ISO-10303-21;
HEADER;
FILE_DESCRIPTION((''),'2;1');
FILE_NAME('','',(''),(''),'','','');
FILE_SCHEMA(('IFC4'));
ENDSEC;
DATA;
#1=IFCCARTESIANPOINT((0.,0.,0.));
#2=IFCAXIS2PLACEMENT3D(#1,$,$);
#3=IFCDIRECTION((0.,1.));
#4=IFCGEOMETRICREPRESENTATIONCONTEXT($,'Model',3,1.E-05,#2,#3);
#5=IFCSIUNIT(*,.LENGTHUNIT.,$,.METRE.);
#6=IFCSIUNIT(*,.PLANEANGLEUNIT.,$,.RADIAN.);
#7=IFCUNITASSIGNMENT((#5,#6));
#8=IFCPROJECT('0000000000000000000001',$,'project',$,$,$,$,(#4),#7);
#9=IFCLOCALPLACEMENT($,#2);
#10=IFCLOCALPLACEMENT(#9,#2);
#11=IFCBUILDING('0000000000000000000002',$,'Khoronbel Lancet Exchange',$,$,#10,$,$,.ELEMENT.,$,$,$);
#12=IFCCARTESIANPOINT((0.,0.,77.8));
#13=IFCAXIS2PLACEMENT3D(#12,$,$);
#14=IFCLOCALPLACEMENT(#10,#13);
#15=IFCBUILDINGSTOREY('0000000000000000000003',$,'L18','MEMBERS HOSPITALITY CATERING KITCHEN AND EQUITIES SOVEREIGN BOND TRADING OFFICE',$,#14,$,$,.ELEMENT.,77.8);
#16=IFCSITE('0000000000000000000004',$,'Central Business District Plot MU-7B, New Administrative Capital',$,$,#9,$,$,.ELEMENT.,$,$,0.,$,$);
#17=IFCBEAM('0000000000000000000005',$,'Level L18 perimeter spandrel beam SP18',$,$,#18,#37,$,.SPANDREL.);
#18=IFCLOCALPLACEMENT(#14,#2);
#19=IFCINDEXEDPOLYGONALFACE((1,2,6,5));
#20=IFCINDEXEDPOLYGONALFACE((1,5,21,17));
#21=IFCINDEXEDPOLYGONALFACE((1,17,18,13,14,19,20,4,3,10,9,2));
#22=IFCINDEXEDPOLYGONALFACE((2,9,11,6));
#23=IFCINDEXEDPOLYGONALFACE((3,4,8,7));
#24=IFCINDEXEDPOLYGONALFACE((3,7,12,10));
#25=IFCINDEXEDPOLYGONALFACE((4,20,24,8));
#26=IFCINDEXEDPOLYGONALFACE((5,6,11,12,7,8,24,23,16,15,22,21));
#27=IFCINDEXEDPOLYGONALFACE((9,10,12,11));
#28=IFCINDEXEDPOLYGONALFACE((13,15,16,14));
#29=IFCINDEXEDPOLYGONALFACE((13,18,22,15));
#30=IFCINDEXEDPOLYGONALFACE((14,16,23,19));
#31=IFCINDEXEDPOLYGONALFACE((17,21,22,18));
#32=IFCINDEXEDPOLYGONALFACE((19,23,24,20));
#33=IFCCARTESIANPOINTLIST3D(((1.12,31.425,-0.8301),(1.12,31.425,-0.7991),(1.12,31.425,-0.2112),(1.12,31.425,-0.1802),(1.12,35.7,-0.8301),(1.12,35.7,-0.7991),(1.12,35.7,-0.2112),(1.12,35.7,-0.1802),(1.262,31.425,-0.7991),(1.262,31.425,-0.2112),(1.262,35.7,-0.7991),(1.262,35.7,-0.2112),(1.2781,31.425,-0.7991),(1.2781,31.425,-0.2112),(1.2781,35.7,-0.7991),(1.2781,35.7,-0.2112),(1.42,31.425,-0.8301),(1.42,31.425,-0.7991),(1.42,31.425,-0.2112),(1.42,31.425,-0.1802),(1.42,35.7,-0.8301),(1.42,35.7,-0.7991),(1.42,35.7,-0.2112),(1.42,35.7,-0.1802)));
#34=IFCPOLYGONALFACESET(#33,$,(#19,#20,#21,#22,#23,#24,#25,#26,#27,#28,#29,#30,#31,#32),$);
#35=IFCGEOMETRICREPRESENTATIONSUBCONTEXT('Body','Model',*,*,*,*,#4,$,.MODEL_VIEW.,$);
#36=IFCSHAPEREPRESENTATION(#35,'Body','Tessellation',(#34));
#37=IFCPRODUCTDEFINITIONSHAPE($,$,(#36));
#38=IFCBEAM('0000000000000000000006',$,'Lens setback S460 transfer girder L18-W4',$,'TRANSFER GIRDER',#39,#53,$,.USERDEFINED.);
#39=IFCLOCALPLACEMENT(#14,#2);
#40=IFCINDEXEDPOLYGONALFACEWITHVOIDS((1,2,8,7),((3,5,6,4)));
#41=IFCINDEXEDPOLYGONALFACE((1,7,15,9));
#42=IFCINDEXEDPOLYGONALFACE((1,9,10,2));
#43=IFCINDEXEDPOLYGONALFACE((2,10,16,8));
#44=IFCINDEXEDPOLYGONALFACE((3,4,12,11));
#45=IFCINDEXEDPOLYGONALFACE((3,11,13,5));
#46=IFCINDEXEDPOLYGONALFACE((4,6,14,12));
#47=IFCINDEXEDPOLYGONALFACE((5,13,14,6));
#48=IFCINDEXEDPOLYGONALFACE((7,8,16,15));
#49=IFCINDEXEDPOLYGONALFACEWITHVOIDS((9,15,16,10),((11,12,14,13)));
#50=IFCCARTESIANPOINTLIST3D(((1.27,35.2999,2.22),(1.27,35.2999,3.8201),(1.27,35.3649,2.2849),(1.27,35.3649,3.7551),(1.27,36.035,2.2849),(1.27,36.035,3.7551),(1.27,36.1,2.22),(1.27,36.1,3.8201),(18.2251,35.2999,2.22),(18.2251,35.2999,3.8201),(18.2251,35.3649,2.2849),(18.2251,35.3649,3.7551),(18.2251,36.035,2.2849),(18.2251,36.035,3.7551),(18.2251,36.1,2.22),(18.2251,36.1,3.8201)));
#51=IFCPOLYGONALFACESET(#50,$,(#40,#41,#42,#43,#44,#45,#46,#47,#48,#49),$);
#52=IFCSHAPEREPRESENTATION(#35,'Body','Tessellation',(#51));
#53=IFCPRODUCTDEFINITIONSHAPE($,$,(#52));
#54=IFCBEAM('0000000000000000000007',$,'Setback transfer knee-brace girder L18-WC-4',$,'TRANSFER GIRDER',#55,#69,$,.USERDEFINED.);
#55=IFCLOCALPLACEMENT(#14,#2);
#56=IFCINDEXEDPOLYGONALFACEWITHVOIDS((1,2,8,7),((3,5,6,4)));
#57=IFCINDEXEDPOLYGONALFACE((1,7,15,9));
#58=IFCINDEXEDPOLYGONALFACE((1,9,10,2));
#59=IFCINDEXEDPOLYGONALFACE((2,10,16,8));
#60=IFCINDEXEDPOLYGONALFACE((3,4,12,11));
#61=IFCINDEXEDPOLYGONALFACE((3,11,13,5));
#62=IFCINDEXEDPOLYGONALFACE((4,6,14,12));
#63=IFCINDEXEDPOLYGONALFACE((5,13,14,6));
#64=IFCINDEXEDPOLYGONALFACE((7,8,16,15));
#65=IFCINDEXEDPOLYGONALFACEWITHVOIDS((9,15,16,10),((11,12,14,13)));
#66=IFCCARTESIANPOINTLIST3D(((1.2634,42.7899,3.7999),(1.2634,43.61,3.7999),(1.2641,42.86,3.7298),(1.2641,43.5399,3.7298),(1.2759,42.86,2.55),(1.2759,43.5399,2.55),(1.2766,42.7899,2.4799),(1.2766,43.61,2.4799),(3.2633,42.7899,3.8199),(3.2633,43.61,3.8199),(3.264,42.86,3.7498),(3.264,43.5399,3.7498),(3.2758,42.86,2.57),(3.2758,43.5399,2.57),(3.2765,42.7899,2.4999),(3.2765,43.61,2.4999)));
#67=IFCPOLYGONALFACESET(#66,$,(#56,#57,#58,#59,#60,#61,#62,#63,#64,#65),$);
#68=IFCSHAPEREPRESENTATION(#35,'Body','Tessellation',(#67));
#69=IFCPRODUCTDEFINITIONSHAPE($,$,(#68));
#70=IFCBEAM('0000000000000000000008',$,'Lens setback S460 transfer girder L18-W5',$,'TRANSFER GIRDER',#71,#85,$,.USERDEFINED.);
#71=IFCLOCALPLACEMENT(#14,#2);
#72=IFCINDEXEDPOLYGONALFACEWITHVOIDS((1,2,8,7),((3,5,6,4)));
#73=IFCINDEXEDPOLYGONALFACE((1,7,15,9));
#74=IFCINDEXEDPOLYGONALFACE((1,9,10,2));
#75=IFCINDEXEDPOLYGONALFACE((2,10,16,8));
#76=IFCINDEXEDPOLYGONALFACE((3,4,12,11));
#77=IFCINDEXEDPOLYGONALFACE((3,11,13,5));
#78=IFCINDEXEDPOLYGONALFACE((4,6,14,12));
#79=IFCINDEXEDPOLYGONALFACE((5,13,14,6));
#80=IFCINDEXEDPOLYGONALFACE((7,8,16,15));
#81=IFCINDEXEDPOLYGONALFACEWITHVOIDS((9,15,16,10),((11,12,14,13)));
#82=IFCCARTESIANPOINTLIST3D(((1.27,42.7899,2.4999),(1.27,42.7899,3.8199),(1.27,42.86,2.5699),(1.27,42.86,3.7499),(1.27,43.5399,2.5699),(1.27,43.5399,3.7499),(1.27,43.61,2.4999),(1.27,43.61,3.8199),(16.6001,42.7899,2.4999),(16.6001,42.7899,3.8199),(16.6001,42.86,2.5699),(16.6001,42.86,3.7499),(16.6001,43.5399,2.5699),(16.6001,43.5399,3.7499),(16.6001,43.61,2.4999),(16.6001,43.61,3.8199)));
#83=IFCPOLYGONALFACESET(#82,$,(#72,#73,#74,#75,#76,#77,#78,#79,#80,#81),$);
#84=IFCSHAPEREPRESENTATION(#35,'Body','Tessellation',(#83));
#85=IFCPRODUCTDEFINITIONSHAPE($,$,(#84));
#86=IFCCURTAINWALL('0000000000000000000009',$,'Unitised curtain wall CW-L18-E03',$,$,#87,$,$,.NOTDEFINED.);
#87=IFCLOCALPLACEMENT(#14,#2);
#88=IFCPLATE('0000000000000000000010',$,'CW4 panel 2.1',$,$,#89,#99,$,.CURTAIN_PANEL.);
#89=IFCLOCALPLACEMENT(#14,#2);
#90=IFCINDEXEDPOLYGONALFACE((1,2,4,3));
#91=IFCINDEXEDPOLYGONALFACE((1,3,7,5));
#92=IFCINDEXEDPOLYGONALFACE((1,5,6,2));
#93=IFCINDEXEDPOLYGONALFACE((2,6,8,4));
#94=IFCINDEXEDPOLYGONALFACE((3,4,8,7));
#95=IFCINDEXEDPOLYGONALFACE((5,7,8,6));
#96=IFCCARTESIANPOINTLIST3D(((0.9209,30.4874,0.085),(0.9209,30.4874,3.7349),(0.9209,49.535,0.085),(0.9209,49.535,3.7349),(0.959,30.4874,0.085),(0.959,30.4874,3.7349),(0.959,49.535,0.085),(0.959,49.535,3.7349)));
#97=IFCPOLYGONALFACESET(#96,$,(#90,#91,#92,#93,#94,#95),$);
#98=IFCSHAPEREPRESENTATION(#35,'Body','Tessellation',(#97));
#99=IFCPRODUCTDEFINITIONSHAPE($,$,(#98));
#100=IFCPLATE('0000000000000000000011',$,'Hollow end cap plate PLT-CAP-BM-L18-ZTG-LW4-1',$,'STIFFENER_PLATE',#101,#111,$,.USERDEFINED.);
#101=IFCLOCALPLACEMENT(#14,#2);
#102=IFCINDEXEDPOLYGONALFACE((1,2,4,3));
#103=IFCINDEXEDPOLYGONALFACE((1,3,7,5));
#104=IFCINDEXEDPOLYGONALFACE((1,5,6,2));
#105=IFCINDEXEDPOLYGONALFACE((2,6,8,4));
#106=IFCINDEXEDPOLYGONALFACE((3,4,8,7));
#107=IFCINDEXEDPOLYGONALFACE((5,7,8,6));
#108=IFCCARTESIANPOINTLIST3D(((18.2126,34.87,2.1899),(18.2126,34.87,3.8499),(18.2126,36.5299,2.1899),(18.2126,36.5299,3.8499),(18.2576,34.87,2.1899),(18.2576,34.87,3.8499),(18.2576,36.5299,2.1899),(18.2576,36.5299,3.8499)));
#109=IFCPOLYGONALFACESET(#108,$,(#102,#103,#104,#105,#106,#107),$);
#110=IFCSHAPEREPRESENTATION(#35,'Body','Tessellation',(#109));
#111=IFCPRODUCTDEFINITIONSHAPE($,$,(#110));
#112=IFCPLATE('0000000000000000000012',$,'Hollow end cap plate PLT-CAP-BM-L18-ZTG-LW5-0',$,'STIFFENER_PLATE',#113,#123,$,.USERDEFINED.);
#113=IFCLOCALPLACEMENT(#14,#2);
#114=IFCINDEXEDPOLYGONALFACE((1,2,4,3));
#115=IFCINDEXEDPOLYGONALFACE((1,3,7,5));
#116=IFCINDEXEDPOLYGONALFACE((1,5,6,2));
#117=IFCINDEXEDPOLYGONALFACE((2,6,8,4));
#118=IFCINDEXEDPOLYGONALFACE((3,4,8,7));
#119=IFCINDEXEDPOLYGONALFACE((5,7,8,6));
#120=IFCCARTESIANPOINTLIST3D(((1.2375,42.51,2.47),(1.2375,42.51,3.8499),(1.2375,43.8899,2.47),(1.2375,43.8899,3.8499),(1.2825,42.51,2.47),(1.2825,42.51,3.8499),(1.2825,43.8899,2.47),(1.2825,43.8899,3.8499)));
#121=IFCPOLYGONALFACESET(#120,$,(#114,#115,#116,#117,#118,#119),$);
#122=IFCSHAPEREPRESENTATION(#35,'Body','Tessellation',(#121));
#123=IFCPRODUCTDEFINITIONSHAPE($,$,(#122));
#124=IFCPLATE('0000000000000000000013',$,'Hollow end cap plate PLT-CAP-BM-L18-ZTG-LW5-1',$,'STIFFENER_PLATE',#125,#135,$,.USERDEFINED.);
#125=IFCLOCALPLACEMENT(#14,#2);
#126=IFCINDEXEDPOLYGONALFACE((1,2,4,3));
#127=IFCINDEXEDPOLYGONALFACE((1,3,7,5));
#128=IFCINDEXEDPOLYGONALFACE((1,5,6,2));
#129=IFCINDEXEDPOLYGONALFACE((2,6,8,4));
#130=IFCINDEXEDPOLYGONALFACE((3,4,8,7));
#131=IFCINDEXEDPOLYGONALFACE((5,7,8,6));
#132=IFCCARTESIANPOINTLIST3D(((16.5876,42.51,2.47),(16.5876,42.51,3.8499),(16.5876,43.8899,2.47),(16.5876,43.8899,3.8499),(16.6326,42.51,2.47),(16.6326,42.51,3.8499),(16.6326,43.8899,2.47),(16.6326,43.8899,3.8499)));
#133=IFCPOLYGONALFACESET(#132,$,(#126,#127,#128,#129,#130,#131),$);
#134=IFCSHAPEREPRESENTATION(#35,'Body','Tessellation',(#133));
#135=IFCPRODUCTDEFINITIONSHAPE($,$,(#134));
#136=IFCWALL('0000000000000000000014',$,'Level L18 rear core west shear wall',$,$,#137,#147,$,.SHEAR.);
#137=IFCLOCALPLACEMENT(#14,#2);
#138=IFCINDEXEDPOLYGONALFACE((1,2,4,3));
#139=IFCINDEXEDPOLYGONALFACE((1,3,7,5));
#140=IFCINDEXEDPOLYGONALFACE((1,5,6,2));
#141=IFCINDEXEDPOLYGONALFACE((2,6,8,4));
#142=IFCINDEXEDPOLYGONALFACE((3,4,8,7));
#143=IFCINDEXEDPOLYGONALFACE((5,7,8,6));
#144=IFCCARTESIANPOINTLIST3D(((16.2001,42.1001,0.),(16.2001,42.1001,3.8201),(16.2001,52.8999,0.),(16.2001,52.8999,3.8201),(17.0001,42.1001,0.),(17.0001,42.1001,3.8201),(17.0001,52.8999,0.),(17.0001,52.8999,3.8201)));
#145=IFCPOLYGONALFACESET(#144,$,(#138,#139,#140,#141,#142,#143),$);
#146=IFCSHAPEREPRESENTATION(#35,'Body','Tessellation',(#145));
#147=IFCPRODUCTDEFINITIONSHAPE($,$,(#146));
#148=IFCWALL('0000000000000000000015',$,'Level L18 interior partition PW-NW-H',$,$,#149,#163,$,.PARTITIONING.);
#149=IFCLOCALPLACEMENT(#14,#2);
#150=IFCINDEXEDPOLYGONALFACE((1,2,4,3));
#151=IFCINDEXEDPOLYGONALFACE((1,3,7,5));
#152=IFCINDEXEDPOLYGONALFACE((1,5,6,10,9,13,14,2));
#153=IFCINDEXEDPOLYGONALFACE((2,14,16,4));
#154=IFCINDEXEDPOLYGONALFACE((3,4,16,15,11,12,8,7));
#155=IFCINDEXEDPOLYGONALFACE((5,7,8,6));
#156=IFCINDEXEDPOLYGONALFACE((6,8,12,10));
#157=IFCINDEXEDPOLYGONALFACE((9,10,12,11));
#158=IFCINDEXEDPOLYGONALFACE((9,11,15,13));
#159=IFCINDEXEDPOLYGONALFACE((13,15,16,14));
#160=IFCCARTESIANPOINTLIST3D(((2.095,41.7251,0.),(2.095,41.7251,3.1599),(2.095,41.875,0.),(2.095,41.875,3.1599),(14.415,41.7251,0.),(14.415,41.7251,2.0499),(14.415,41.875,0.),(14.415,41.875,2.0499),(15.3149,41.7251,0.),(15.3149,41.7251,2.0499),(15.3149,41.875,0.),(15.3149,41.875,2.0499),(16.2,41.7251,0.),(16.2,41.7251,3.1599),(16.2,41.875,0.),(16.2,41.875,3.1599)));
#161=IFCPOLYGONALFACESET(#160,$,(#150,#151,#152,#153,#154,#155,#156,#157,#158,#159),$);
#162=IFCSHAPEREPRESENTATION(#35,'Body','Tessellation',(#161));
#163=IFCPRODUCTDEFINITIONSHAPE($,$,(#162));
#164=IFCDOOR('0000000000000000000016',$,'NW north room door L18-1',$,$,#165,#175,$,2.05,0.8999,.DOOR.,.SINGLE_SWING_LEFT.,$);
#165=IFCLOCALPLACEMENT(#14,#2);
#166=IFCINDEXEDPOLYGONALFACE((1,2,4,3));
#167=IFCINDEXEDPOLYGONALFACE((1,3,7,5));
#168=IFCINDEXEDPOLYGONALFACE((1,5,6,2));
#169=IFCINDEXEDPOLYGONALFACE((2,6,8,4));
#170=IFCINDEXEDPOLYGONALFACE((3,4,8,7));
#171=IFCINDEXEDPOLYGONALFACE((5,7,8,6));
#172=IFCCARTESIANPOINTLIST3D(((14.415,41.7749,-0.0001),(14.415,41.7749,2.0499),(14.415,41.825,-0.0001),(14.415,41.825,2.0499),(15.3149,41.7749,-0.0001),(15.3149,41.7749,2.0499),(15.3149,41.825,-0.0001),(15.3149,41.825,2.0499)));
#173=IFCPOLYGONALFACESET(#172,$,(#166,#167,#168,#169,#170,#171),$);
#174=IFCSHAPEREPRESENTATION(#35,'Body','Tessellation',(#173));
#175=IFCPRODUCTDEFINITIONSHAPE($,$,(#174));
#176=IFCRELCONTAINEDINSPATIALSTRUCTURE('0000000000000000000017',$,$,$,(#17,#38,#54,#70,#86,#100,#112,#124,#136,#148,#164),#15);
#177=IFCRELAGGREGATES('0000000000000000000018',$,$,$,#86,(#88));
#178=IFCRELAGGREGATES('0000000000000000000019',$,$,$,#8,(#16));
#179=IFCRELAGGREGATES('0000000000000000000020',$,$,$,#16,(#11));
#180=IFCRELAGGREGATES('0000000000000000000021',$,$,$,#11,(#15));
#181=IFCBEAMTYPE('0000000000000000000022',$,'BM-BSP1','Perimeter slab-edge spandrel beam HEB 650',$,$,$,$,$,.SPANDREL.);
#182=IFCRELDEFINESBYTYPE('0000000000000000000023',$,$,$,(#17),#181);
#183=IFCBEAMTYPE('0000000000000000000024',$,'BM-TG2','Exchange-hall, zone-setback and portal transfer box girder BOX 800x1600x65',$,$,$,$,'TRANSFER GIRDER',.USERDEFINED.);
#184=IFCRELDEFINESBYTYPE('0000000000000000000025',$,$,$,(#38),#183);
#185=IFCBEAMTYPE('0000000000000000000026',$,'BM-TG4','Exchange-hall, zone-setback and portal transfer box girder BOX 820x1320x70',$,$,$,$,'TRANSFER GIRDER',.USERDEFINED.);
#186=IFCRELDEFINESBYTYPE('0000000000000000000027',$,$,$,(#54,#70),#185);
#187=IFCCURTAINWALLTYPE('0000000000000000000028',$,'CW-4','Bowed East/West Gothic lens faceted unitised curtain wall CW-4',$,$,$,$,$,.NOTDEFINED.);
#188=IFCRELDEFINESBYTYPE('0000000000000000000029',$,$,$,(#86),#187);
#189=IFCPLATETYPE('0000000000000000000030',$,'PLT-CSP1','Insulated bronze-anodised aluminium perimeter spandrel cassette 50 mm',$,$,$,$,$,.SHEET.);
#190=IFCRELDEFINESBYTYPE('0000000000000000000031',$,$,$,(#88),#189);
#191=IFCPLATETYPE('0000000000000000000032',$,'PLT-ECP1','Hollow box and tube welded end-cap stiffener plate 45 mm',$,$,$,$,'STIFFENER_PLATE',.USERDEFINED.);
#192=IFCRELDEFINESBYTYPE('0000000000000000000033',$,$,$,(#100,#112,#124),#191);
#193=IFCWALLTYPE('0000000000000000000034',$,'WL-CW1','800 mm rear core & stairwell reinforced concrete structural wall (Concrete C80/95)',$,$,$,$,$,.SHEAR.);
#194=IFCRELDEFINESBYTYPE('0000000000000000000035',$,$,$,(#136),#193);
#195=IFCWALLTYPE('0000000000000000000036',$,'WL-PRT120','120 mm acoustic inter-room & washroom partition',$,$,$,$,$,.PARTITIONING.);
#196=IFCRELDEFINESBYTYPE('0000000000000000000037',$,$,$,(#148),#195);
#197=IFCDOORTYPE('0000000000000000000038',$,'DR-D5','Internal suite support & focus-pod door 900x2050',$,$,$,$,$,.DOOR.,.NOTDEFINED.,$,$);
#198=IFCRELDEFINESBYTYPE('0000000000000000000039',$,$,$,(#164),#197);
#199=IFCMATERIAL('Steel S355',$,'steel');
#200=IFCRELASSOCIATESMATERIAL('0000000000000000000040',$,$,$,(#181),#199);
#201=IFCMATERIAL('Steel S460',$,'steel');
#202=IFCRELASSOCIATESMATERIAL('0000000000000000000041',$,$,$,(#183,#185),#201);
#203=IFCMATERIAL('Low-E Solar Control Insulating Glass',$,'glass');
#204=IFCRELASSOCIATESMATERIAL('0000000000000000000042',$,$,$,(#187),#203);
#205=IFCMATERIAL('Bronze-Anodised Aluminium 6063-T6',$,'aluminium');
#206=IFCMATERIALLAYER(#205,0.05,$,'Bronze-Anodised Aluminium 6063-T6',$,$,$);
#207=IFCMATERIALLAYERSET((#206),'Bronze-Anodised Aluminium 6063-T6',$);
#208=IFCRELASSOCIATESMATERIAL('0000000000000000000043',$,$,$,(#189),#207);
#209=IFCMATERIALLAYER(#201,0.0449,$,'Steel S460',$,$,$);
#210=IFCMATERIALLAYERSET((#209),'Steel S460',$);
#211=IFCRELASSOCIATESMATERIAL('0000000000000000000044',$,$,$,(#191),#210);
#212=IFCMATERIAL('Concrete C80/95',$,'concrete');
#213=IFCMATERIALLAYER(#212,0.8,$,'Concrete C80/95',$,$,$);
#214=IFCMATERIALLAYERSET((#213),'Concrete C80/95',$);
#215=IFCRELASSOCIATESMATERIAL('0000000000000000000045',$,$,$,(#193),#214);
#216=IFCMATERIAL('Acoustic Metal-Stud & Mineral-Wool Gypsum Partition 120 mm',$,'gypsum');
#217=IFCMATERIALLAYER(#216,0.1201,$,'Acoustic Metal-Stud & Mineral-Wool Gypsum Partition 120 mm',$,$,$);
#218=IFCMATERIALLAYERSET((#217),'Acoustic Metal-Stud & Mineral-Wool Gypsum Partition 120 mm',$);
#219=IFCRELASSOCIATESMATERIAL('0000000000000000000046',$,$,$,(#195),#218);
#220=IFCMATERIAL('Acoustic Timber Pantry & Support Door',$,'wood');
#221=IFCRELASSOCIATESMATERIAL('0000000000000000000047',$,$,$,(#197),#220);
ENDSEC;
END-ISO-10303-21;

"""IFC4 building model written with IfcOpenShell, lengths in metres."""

from ifc_helpers import new_model, si_unit, direction, frame, frame_2d, origin, origin_2d, place, context, subcontext, project, spatial, rectangle, hollow_rectangle, i_section, extrude, material, layer, layer_set, material_profile, profile_set, type_object, element, fill, aggregate, save


model = new_model("IFC4")

# Units and contexts
model_context = context("Model", 3, precision=1e-05, world=origin(), true_north=direction((0.0, 1.0)))
body_context = subcontext(model_context, "Body", "Model", "MODEL_VIEW")
ifc_project = project(units=[si_unit("LENGTHUNIT", "METRE"), si_unit("PLANEANGLEUNIT", "RADIAN")], contexts=[model_context])

# Site, building, storey
site_placement = place(None, origin())
site = spatial("IfcSite", under=ifc_project, at=site_placement, Name="Central Business District Plot MU-7B, New Administrative Capital", CompositionType="ELEMENT", RefElevation=0.0)
building_placement = place(site_placement, origin())
building = spatial("IfcBuilding", under=site, at=building_placement, Name="Khoronbel Lancet Exchange", CompositionType="ELEMENT")
storey_placement = place(building_placement, frame((0.0, 0.0, 77.8)))
storey = spatial("IfcBuildingStorey", under=building, at=storey_placement, Name="L18", Description="MEMBERS HOSPITALITY CATERING KITCHEN AND EQUITIES SOVEREIGN BOND TRADING OFFICE", CompositionType="ELEMENT", Elevation=77.8)

# Shared definitions
ifc_material_1 = material(Name="Steel S460", Category="steel")
ifc_material_2 = material(Name="Steel S355", Category="steel")

# Beams
ifc_material_profile_1 = material_profile(ifc_material_2, i_section(OverallWidth=0.3, OverallDepth=0.6499, WebThickness=0.0161, FlangeThickness=0.031, at=origin_2d()), Name="HEB 650")
ifc_profile_set_1 = profile_set([ifc_material_profile_1], Name="Steel S355")
beam_type_1 = type_object("IfcBeamType", Name="BM-BSP1", Description="Perimeter slab-edge spandrel beam HEB 650", PredefinedType="SPANDREL", material=ifc_profile_set_1)
beam_1_placement = place(storey_placement, frame((1.27, 35.7, -0.5051), z_axis=(0.0, -1.0, 0.0), x_axis=(1.0, 0.0, 0.0)))
element("IfcBeam", 1, at=beam_1_placement, inside=storey, type_object=beam_type_1, Name="Level L18 perimeter spandrel beam SP18", PredefinedType="SPANDREL", context=body_context, shape_type="SweptSolid", body=[
    extrude(i_section(OverallWidth=0.3, OverallDepth=0.6499, WebThickness=0.0161, FlangeThickness=0.031, at=origin_2d()), origin(), (0.0, 0.0, 1.0), 4.2749),
])
ifc_material_profile_2 = material_profile(ifc_material_1, hollow_rectangle(XDim=0.8, YDim=1.6001, WallThickness=0.0649, at=origin_2d()), Name="BOX 800x1600x65")
ifc_profile_set_2 = profile_set([ifc_material_profile_2], Name="Steel S460")
beam_type_2 = type_object("IfcBeamType", Name="BM-TG2", Description="Exchange-hall, zone-setback and portal transfer box girder BOX 800x1600x65", ElementType="TRANSFER GIRDER", PredefinedType="USERDEFINED", material=ifc_profile_set_2)
beam_2_placement = place(storey_placement, frame((1.27, 35.7, 3.02), z_axis=(1.0, 0.0, 0.0), x_axis=(0.0, 1.0, 0.0)))
element("IfcBeam", 2, at=beam_2_placement, inside=storey, type_object=beam_type_2, Name="Lens setback S460 transfer girder L18-W4", ObjectType="TRANSFER GIRDER", PredefinedType="USERDEFINED", context=body_context, shape_type="SweptSolid", body=[
    extrude(hollow_rectangle(XDim=0.8, YDim=1.6001, WallThickness=0.0649, at=origin_2d()), origin(), (0.0, 0.0, 1.0), 16.9551),
])
ifc_material_profile_3 = material_profile(ifc_material_1, hollow_rectangle(XDim=0.8201, YDim=1.3201, WallThickness=0.0701, at=origin_2d()), Name="BOX 820x1320x70")
ifc_profile_set_3 = profile_set([ifc_material_profile_3], Name="Steel S460")
beam_type_3 = type_object("IfcBeamType", Name="BM-TG4", Description="Exchange-hall, zone-setback and portal transfer box girder BOX 820x1320x70", ElementType="TRANSFER GIRDER", PredefinedType="USERDEFINED", material=ifc_profile_set_3)
beam_3_placement = place(storey_placement, frame((1.27, 43.2, 3.1399), z_axis=(0.99995, 0.0, 0.010009), x_axis=(0.0, 1.0, 0.0)))
element("IfcBeam", 3, at=beam_3_placement, inside=storey, type_object=beam_type_3, Name="Setback transfer knee-brace girder L18-WC-4", ObjectType="TRANSFER GIRDER", PredefinedType="USERDEFINED", context=body_context, shape_type="SweptSolid", body=[
    extrude(hollow_rectangle(XDim=0.8201, YDim=1.3201, WallThickness=0.0701, at=origin_2d()), origin(), (0.0, 0.0, 1.0), 2.0),
])
beam_4_placement = place(storey_placement, frame((1.27, 43.2, 3.1599), z_axis=(1.0, 0.0, 0.0), x_axis=(0.0, 1.0, 0.0)))
element("IfcBeam", 4, at=beam_4_placement, inside=storey, type_object=beam_type_3, Name="Lens setback S460 transfer girder L18-W5", ObjectType="TRANSFER GIRDER", PredefinedType="USERDEFINED", context=body_context, shape_type="SweptSolid", body=[
    extrude(hollow_rectangle(XDim=0.8201, YDim=1.3201, WallThickness=0.0701, at=origin_2d()), origin(), (0.0, 0.0, 1.0), 15.3301),
])

# Curtain wall, plate
ifc_material_3 = material(Name="Low-E Solar Control Insulating Glass", Category="glass")
curtain_wall_type = type_object("IfcCurtainWallType", Name="CW-4", Description="Bowed East/West Gothic lens faceted unitised curtain wall CW-4", PredefinedType="NOTDEFINED", material=ifc_material_3)
curtain_wall_placement = place(storey_placement, origin())
curtain_wall = element("IfcCurtainWall", 5, at=curtain_wall_placement, inside=storey, type_object=curtain_wall_type, Name="Unitised curtain wall CW-L18-E03", PredefinedType="NOTDEFINED")
ifc_material_4 = material(Name="Bronze-Anodised Aluminium 6063-T6", Category="aluminium")
ifc_layer_1 = layer(ifc_material_4, 0.05, Name="Bronze-Anodised Aluminium 6063-T6")
ifc_layer_set_1 = layer_set([ifc_layer_1], Name="Bronze-Anodised Aluminium 6063-T6")
plate_type_1 = type_object("IfcPlateType", Name="PLT-CSP1", Description="Insulated bronze-anodised aluminium perimeter spandrel cassette 50 mm", PredefinedType="SHEET", material=ifc_layer_set_1)
plate_1_placement = place(storey_placement, frame((0.9399, 40.0112, 0.085), z_axis=(0.0, 0.0, 1.0), x_axis=(0.0, 1.0, 0.0)))
plate_1 = element("IfcPlate", 6, at=plate_1_placement, type_object=plate_type_1, Name="CW4 panel 2.1", PredefinedType="CURTAIN_PANEL", context=body_context, shape_type="SweptSolid", body=[
    extrude(rectangle(XDim=19.0476, YDim=0.0381, at=origin_2d()), origin(), (0.0, 0.0, 1.0), 3.6499),
])
aggregate(curtain_wall, [plate_1])

# Plates
ifc_layer_2 = layer(ifc_material_1, 0.0449, Name="Steel S460")
ifc_layer_set_2 = layer_set([ifc_layer_2], Name="Steel S460")
plate_type_2 = type_object("IfcPlateType", Name="PLT-ECP1", Description="Hollow box and tube welded end-cap stiffener plate 45 mm", ElementType="STIFFENER_PLATE", PredefinedType="USERDEFINED", material=ifc_layer_set_2)
plate_2_placement = place(storey_placement, frame((18.2351, 35.7, 2.1899), z_axis=(0.0, 0.0, 1.0), x_axis=(1.0, 0.0, 0.0)))
element("IfcPlate", 7, at=plate_2_placement, inside=storey, type_object=plate_type_2, Name="Hollow end cap plate PLT-CAP-BM-L18-ZTG-LW4-1", ObjectType="STIFFENER_PLATE", PredefinedType="USERDEFINED", context=body_context, shape_type="SweptSolid", body=[
    extrude(rectangle(XDim=0.0449, YDim=1.6599, at=origin_2d()), origin(), (0.0, 0.0, 1.0), 1.6599),
])
for number, where, z_axis, x_axis, name in (
    (8, (1.26, 43.2, 2.47), (0.0, 0.0, 1.0), (-1.0, 0.0, 0.0), "Hollow end cap plate PLT-CAP-BM-L18-ZTG-LW5-0"),
    (9, (16.6101, 43.2, 2.47), (0.0, 0.0, 1.0), (1.0, 0.0, 0.0), "Hollow end cap plate PLT-CAP-BM-L18-ZTG-LW5-1"),
):
    element("IfcPlate", number, at=place(storey_placement, frame(where, z_axis=z_axis, x_axis=x_axis)), inside=storey, type_object=plate_type_2, Name=name, ObjectType="STIFFENER_PLATE", PredefinedType="USERDEFINED", context=body_context, shape_type="SweptSolid", body=[
        extrude(rectangle(XDim=0.0449, YDim=1.3799, at=origin_2d()), origin(), (0.0, 0.0, 1.0), 1.3799),
    ])

# Wall
ifc_material_5 = material(Name="Concrete C80/95", Category="concrete")
ifc_layer_3 = layer(ifc_material_5, 0.8, Name="Concrete C80/95")
ifc_layer_set_3 = layer_set([ifc_layer_3], Name="Concrete C80/95")
wall_type_1 = type_object("IfcWallType", Name="WL-CW1", Description="800 mm rear core & stairwell reinforced concrete structural wall (Concrete C80/95)", PredefinedType="SHEAR", material=ifc_layer_set_3)
wall_1_placement = place(storey_placement, frame((16.6001, 42.1001, 0.0), z_axis=(0.0, 0.0, 1.0), x_axis=(0.0, 1.0, 0.0)))
element("IfcWall", 10, at=wall_1_placement, inside=storey, type_object=wall_type_1, Name="Level L18 rear core west shear wall", PredefinedType="SHEAR", context=body_context, shape_type="SweptSolid", body=[
    extrude(rectangle(XDim=10.7998, YDim=0.8, at=frame_2d((5.3999, 0.0))), origin(), (0.0, 0.0, 1.0), 3.8201),
])

# Wall, opening, door
ifc_material_6 = material(Name="Acoustic Metal-Stud & Mineral-Wool Gypsum Partition 120 mm", Category="gypsum")
ifc_layer_4 = layer(ifc_material_6, 0.1201, Name="Acoustic Metal-Stud & Mineral-Wool Gypsum Partition 120 mm")
ifc_layer_set_4 = layer_set([ifc_layer_4], Name="Acoustic Metal-Stud & Mineral-Wool Gypsum Partition 120 mm")
wall_type_2 = type_object("IfcWallType", Name="WL-PRT120", Description="120 mm acoustic inter-room & washroom partition", PredefinedType="PARTITIONING", material=ifc_layer_set_4)
wall_2_placement = place(storey_placement, frame((2.095, 41.8, 0.0), z_axis=(0.0, 0.0, 1.0), x_axis=(1.0, 0.0, 0.0)))
wall_2 = element("IfcWall", 11, at=wall_2_placement, inside=storey, type_object=wall_type_2, Name="Level L18 interior partition PW-NW-H", PredefinedType="PARTITIONING", context=body_context, shape_type="SweptSolid", body=[
    extrude(rectangle(XDim=14.105, YDim=0.1499, at=frame_2d((7.0525, 0.0))), origin(), (0.0, 0.0, 1.0), 3.1599),
])
opening_1_placement = place(wall_2_placement, frame((12.3201, 0.0, 0.0)))
opening_1 = element("IfcOpeningElement", 12, at=opening_1_placement, cuts=wall_2, PredefinedType="OPENING", context=body_context, shape_type="SweptSolid", body=[
    extrude(rectangle(XDim=0.8999, YDim=2.05, at=frame_2d((0.45, 1.0249))), frame((0.0, 0.085, 0.0), z_axis=(0.0, -1.0, 0.0), x_axis=(1.0, 0.0, 0.0)), (0.0, 0.0, 1.0), 0.1699),
])
ifc_material_7 = material(Name="Acoustic Timber Pantry & Support Door", Category="wood")
door_type_1 = type_object("IfcDoorType", Name="DR-D5", Description="Internal suite support & focus-pod door 900x2050", OperationType="NOTDEFINED", PredefinedType="DOOR", material=ifc_material_7)
door_1_placement = place(opening_1_placement, origin())
door_1 = element("IfcDoor", 13, at=door_1_placement, inside=storey, type_object=door_type_1, Name="NW north room door L18-1", OperationType="SINGLE_SWING_LEFT", OverallHeight=2.05, OverallWidth=0.8999, PredefinedType="DOOR", context=body_context, shape_type="SweptSolid", body=[
    extrude(rectangle(XDim=0.8999, YDim=2.05, at=frame_2d((0.45, 1.0249))), frame((0.0, 0.0249, 0.0), z_axis=(0.0, -1.0, 0.0), x_axis=(1.0, 0.0, 0.0)), (0.0, 0.0, 1.0), 0.05),
])
fill(opening_1, door_1)

save(model, "model.ifc")
